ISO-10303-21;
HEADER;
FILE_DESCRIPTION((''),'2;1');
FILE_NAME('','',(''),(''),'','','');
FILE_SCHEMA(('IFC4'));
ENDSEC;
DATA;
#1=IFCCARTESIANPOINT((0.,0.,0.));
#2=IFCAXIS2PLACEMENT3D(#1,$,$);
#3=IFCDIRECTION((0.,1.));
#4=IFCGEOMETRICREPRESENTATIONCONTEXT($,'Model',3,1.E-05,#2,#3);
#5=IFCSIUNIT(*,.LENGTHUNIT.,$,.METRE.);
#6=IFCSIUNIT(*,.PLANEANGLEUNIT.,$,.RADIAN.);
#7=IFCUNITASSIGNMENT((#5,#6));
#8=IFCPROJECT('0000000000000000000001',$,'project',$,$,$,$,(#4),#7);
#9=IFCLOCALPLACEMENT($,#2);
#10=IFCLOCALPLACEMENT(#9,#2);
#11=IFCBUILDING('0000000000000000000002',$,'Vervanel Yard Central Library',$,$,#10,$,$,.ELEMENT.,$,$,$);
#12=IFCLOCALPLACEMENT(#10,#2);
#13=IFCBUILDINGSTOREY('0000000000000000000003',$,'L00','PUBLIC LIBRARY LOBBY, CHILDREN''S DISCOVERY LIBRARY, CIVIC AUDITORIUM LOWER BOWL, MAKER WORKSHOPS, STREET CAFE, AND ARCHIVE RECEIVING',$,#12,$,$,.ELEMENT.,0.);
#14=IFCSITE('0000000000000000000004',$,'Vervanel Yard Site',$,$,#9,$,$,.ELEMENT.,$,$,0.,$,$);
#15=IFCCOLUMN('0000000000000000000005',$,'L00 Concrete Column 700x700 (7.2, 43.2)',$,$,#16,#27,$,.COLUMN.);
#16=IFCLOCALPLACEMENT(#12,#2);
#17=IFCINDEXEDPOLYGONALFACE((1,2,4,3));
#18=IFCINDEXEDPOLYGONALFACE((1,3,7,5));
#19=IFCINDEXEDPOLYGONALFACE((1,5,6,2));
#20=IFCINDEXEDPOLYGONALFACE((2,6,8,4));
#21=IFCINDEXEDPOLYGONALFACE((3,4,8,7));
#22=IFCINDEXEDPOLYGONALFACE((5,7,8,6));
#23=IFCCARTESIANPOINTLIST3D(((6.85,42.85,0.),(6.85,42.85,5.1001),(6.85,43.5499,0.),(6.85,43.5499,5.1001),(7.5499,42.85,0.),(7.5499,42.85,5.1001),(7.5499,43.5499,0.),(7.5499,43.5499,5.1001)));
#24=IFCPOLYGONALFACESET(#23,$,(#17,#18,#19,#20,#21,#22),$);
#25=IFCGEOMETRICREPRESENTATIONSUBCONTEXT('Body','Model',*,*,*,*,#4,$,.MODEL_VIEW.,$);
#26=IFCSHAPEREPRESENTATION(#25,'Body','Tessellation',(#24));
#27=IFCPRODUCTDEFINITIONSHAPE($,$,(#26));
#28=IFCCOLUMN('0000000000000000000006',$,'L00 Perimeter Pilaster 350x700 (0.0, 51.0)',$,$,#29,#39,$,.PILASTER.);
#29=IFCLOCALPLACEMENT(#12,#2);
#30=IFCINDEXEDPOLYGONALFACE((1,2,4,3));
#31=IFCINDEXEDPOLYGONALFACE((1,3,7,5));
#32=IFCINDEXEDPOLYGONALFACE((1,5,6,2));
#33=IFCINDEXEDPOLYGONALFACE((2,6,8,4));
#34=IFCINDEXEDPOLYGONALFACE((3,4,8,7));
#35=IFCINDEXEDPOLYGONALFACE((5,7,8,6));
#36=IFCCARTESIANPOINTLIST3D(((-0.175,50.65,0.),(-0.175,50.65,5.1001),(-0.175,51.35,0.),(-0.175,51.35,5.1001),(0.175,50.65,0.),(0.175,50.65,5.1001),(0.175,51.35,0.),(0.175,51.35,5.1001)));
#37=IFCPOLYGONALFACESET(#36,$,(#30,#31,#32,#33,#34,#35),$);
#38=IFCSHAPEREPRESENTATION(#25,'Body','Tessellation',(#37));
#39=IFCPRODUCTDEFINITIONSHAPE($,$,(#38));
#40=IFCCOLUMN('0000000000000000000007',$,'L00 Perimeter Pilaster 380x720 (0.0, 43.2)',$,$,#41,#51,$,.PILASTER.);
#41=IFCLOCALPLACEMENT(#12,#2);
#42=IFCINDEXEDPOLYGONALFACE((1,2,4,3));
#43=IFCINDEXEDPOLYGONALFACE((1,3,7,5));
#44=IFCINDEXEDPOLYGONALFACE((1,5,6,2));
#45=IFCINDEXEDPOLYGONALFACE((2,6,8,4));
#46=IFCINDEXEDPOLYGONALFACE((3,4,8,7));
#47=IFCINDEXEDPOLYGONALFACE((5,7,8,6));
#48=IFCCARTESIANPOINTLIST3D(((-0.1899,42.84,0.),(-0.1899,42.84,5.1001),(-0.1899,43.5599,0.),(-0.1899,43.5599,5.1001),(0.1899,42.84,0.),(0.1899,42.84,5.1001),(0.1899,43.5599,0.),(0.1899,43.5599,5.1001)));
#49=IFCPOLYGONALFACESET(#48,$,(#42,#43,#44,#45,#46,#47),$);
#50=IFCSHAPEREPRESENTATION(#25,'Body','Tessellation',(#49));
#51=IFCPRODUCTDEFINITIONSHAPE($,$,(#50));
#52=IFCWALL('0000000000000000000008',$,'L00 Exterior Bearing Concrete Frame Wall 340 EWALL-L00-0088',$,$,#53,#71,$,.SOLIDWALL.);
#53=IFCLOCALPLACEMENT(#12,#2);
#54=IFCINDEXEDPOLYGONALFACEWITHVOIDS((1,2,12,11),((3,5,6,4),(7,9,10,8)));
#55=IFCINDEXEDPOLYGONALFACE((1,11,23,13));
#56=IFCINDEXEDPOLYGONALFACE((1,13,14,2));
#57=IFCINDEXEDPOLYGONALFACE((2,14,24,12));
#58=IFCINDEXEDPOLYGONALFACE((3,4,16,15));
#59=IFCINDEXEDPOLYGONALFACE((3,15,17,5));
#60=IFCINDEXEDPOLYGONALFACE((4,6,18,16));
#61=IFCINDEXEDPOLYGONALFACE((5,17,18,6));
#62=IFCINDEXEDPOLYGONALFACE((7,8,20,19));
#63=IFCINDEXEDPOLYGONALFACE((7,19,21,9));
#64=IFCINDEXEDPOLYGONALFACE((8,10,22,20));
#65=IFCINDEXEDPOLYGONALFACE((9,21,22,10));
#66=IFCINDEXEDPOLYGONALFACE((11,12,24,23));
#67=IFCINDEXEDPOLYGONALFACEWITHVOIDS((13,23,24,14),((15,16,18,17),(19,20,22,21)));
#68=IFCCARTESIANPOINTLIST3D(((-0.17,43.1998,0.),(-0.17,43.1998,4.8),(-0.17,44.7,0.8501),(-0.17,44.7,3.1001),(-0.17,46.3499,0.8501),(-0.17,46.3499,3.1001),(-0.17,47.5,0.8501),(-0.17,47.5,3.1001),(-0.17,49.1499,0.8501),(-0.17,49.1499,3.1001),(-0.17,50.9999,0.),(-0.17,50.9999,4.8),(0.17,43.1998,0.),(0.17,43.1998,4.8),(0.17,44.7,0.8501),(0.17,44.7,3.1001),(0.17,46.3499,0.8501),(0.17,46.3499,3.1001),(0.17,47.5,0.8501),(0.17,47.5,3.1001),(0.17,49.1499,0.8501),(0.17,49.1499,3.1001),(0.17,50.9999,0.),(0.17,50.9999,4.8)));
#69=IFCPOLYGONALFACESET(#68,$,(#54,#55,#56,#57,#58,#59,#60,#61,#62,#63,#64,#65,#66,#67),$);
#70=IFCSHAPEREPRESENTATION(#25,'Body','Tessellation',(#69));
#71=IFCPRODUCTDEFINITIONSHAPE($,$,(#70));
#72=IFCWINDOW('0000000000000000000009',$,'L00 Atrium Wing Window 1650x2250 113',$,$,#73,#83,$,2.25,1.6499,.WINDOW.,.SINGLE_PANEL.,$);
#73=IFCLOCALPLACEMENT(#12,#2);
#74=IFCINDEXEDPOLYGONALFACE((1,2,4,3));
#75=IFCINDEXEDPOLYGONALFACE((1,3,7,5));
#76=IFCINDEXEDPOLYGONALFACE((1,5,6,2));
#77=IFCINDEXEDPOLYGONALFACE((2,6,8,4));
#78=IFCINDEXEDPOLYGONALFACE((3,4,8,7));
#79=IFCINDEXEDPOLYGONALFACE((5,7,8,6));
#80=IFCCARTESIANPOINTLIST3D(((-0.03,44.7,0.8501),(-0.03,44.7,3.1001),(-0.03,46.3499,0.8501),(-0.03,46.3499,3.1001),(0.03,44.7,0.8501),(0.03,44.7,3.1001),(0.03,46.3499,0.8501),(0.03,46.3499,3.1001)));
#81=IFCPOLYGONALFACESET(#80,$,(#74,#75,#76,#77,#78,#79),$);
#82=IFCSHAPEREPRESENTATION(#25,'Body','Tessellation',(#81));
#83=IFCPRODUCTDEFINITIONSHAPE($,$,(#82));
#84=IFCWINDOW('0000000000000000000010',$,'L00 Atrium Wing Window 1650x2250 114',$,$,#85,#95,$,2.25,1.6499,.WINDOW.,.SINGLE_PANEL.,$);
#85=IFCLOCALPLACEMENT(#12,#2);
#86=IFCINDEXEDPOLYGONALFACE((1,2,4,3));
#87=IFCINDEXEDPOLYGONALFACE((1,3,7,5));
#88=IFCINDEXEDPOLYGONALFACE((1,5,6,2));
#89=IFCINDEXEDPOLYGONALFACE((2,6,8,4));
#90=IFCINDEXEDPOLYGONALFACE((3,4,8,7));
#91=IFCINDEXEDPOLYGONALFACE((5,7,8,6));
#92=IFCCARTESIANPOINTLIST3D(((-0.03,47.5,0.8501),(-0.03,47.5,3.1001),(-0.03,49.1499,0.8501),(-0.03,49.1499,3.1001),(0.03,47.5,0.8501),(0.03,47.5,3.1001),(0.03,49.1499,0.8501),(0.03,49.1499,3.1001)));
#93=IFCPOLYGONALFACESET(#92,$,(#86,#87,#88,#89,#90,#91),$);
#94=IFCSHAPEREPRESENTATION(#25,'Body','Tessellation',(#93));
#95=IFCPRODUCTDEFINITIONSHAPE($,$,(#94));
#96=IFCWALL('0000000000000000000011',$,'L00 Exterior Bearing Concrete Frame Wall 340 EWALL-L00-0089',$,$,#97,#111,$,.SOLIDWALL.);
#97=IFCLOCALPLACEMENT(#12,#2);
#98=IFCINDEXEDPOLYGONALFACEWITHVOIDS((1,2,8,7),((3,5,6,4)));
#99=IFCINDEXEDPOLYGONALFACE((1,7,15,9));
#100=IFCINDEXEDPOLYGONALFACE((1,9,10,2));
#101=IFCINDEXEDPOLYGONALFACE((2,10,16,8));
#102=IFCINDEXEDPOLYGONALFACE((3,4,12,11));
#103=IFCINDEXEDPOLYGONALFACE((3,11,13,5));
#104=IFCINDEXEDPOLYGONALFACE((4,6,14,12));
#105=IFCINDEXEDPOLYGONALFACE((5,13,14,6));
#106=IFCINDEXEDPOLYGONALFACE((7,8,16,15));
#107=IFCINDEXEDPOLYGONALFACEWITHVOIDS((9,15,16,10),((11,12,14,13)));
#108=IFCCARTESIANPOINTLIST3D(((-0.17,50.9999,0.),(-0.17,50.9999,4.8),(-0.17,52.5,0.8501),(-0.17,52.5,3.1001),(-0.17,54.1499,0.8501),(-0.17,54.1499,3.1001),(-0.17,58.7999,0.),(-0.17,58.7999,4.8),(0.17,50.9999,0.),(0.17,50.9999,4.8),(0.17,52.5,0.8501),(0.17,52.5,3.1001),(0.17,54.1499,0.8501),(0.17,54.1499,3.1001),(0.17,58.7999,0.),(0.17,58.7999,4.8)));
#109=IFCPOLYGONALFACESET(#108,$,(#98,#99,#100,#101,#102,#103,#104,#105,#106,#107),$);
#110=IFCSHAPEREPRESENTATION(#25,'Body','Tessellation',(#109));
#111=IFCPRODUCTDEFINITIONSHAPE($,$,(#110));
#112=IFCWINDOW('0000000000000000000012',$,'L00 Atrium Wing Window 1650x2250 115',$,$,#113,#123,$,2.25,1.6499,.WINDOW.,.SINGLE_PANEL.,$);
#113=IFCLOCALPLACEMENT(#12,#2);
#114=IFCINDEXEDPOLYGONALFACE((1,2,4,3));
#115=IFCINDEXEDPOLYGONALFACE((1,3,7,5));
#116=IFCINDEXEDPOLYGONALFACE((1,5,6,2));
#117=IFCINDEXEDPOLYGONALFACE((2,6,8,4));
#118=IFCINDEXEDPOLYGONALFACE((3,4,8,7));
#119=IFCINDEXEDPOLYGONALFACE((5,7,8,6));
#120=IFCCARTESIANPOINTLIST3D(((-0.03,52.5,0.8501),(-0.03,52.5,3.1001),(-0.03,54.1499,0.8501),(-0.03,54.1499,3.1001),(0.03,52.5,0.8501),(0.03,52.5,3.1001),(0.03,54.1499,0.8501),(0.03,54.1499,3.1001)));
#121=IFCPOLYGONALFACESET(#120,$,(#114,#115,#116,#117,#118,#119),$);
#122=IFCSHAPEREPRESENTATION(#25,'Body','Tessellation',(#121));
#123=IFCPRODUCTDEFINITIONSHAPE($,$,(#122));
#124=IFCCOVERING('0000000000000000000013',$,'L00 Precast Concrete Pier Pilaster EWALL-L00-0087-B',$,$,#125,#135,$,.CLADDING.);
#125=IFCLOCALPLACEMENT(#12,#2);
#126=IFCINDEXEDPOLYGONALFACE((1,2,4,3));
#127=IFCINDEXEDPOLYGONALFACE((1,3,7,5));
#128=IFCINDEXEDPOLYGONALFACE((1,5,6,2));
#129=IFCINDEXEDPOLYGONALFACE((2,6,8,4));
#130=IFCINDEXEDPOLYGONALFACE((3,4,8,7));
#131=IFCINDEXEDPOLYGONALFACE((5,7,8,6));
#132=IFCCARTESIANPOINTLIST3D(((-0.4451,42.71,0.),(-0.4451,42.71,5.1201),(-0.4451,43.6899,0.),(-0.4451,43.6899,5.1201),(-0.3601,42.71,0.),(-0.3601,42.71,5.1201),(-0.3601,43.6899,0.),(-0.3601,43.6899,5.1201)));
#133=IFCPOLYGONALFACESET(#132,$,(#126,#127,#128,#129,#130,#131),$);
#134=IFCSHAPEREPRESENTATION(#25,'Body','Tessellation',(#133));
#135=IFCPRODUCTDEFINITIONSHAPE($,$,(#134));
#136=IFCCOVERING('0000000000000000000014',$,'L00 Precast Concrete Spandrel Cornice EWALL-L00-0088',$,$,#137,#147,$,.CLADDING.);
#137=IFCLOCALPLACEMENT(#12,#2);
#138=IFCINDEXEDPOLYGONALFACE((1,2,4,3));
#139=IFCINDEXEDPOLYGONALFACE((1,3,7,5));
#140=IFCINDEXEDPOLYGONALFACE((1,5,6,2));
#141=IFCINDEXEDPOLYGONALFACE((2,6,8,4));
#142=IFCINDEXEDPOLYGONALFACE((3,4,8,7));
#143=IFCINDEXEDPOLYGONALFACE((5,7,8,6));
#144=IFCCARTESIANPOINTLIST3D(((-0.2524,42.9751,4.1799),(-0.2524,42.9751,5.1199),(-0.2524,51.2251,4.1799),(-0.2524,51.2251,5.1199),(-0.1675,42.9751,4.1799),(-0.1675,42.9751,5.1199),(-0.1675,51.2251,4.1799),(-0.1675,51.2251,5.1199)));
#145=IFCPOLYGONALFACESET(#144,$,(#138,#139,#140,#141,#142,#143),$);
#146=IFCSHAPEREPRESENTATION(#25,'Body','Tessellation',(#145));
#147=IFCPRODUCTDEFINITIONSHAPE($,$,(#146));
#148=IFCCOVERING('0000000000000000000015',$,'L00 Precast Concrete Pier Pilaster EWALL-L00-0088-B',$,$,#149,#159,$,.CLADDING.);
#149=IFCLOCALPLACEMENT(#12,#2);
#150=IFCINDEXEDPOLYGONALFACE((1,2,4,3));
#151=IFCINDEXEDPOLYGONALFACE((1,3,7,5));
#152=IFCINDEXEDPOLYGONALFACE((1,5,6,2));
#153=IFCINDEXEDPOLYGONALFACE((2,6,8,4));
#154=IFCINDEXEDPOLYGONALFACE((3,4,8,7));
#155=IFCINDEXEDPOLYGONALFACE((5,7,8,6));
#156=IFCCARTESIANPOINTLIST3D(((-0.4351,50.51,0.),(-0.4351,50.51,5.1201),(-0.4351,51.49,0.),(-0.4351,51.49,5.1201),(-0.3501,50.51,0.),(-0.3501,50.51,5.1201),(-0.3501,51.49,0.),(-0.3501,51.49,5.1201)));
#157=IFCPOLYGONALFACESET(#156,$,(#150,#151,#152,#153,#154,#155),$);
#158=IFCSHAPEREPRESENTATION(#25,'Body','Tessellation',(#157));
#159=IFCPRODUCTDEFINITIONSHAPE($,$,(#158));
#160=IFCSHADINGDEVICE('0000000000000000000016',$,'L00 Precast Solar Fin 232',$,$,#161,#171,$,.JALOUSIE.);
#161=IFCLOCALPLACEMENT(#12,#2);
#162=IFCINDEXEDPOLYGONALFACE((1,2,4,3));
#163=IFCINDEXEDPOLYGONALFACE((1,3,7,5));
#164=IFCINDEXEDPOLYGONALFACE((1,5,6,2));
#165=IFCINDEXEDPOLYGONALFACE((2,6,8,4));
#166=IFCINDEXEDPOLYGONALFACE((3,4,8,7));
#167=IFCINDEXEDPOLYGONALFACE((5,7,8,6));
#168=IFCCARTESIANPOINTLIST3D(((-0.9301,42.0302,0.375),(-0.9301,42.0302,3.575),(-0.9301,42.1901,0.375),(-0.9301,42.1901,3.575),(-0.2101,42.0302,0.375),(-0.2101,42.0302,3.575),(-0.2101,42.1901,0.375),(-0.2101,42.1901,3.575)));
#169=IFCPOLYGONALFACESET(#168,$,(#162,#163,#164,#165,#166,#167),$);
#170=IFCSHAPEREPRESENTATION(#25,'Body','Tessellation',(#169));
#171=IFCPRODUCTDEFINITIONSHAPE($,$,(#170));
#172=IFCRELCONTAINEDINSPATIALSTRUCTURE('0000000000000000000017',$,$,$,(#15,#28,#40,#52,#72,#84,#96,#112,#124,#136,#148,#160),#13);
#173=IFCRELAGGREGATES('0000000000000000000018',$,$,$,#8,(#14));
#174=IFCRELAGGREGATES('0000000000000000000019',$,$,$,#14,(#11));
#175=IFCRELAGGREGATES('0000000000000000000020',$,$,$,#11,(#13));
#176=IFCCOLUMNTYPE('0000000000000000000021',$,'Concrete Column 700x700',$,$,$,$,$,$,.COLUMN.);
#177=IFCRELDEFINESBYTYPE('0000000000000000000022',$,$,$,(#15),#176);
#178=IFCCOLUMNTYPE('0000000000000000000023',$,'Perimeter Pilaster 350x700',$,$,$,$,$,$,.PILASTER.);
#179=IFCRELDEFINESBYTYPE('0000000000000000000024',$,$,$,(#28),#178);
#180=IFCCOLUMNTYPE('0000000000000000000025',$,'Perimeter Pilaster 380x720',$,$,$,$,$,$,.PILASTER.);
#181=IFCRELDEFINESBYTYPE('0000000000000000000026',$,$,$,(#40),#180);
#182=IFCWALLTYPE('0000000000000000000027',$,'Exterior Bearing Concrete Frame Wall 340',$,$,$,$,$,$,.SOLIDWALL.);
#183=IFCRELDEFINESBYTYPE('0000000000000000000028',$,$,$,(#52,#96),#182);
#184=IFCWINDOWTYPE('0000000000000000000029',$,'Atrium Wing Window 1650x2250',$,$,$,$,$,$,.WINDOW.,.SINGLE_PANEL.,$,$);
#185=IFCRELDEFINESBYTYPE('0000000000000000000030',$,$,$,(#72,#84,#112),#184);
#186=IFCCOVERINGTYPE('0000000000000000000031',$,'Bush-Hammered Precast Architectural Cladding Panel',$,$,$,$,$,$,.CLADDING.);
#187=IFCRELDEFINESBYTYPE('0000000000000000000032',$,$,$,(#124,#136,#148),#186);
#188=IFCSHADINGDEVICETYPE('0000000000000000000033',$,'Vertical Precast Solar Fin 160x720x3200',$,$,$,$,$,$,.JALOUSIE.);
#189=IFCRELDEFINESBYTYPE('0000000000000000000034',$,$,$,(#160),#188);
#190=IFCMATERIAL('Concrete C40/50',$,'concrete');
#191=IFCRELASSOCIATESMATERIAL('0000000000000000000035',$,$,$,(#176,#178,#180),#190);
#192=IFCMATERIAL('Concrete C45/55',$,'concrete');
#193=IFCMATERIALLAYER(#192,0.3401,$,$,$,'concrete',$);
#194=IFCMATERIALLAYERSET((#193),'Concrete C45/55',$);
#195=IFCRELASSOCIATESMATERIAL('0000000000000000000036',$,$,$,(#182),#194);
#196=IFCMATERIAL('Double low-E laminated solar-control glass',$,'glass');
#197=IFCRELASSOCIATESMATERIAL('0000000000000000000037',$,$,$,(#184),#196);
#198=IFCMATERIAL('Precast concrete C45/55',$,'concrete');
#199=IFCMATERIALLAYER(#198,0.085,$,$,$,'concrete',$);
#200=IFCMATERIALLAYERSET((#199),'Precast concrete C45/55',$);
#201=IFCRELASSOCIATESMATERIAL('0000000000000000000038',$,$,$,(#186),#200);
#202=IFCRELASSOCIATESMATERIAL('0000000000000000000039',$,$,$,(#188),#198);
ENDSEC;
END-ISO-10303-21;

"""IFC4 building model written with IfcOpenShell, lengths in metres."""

from ifc_helpers import new_model, si_unit, direction, frame, frame_2d, origin, origin_2d, place, context, subcontext, project, spatial, rectangle, extrude, material, layer, layer_set, material_profile, profile_set, type_object, element, fill, save


model = new_model("IFC4")

# Units and contexts
model_context = context("Model", 3, precision=1e-05, world=origin(), true_north=direction((0.0, 1.0)))
body_context = subcontext(model_context, "Body", "Model", "MODEL_VIEW")
ifc_project = project(units=[si_unit("LENGTHUNIT", "METRE"), si_unit("PLANEANGLEUNIT", "RADIAN")], contexts=[model_context])

# Site, building, storey
site_placement = place(None, origin())
site = spatial("IfcSite", under=ifc_project, at=site_placement, Name="Vervanel Yard Site", CompositionType="ELEMENT", RefElevation=0.0)
building_placement = place(site_placement, origin())
building = spatial("IfcBuilding", under=site, at=building_placement, Name="Vervanel Yard Central Library", CompositionType="ELEMENT")
storey_placement = place(building_placement, origin())
storey = spatial("IfcBuildingStorey", under=building, at=storey_placement, Name="L00", Description="PUBLIC LIBRARY LOBBY, CHILDREN'S DISCOVERY LIBRARY, CIVIC AUDITORIUM LOWER BOWL, MAKER WORKSHOPS, STREET CAFE, AND ARCHIVE RECEIVING", CompositionType="ELEMENT", Elevation=0.0)

# Shared definitions
ifc_material_1 = material(Name="Concrete C40/50", Category="concrete")

# Columns
ifc_material_profile_1 = material_profile(ifc_material_1, rectangle(XDim=0.7, YDim=0.7, at=origin_2d()), Name="RC 700x700", Category="concrete")
ifc_profile_set_1 = profile_set([ifc_material_profile_1], Name="Concrete C40/50")
column_type_1 = type_object("IfcColumnType", Name="Concrete Column 700x700", PredefinedType="COLUMN", material=ifc_profile_set_1)
column_1_placement = place(storey_placement, frame((7.2, 43.2, 0.0), z_axis=(0.0, 0.0, 1.0), x_axis=(1.0, 0.0, 0.0)))
element("IfcColumn", 1, at=column_1_placement, inside=storey, type_object=column_type_1, Name="L00 Concrete Column 700x700 (7.2, 43.2)", PredefinedType="COLUMN", context=body_context, shape_type="SweptSolid", body=[
    extrude(rectangle(XDim=0.7, YDim=0.7, at=origin_2d()), origin(), (0.0, 0.0, 1.0), 5.1001),
])
ifc_material_profile_2 = material_profile(ifc_material_1, rectangle(XDim=0.3501, YDim=0.7, at=origin_2d()), Name="RC 350x700", Category="concrete")
ifc_profile_set_2 = profile_set([ifc_material_profile_2], Name="Concrete C40/50")
column_type_2 = type_object("IfcColumnType", Name="Perimeter Pilaster 350x700", PredefinedType="PILASTER", material=ifc_profile_set_2)
column_2_placement = place(storey_placement, frame((0.0, 51.0, 0.0), z_axis=(0.0, 0.0, 1.0), x_axis=(1.0, 0.0, 0.0)))
element("IfcColumn", 2, at=column_2_placement, inside=storey, type_object=column_type_2, Name="L00 Perimeter Pilaster 350x700 (0.0, 51.0)", PredefinedType="PILASTER", context=body_context, shape_type="SweptSolid", body=[
    extrude(rectangle(XDim=0.3501, YDim=0.7, at=origin_2d()), origin(), (0.0, 0.0, 1.0), 5.1001),
])
ifc_material_profile_3 = material_profile(ifc_material_1, rectangle(XDim=0.3799, YDim=0.72, at=origin_2d()), Name="RC 380x720", Category="concrete")
ifc_profile_set_3 = profile_set([ifc_material_profile_3], Name="Concrete C40/50")
column_type_3 = type_object("IfcColumnType", Name="Perimeter Pilaster 380x720", PredefinedType="PILASTER", material=ifc_profile_set_3)
column_3_placement = place(storey_placement, frame((0.0, 43.2, 0.0), z_axis=(0.0, 0.0, 1.0), x_axis=(1.0, 0.0, 0.0)))
element("IfcColumn", 3, at=column_3_placement, inside=storey, type_object=column_type_3, Name="L00 Perimeter Pilaster 380x720 (0.0, 43.2)", PredefinedType="PILASTER", context=body_context, shape_type="SweptSolid", body=[
    extrude(rectangle(XDim=0.3799, YDim=0.72, at=origin_2d()), origin(), (0.0, 0.0, 1.0), 5.1001),
])

# Wall, openings, windows
ifc_material_2 = material(Name="Concrete C45/55", Category="concrete")
ifc_layer_1 = layer(ifc_material_2, 0.3401, Category="concrete")
ifc_layer_set_1 = layer_set([ifc_layer_1], Name="Concrete C45/55")
wall_type = type_object("IfcWallType", Name="Exterior Bearing Concrete Frame Wall 340", PredefinedType="SOLIDWALL", material=ifc_layer_set_1)
wall_1_placement = place(storey_placement, frame((0.0, 43.2, 0.0), z_axis=(0.0, 0.0, 1.0), x_axis=(0.0, 1.0, 0.0)))
wall_1 = element("IfcWall", 4, at=wall_1_placement, inside=storey, type_object=wall_type, Name="L00 Exterior Bearing Concrete Frame Wall 340 EWALL-L00-0088", PredefinedType="SOLIDWALL", context=body_context, shape_type="SweptSolid", body=[
    extrude(rectangle(XDim=7.8, YDim=0.3401, at=frame_2d((3.8999, 0.0))), origin(), (0.0, 0.0, 1.0), 4.8),
])
opening_1_placement = place(wall_1_placement, frame((1.5, 0.0, 0.8501)))
opening_1 = element("IfcOpeningElement", 5, at=opening_1_placement, cuts=wall_1, PredefinedType="OPENING", context=body_context, shape_type="SweptSolid", body=[
    extrude(rectangle(XDim=1.6499, YDim=2.25, at=frame_2d((0.825, 1.125))), frame((0.0, 0.1799, 0.0), z_axis=(0.0, -1.0, 0.0), x_axis=(1.0, 0.0, 0.0)), (0.0, 0.0, 1.0), 0.3601),
])
opening_2_placement = place(wall_1_placement, frame((4.3, 0.0, 0.8501)))
opening_2 = element("IfcOpeningElement", 6, at=opening_2_placement, cuts=wall_1, PredefinedType="OPENING", context=body_context, shape_type="SweptSolid", body=[
    extrude(rectangle(XDim=1.6499, YDim=2.25, at=frame_2d((0.825, 1.125))), frame((0.0, 0.1799, 0.0), z_axis=(0.0, -1.0, 0.0), x_axis=(1.0, 0.0, 0.0)), (0.0, 0.0, 1.0), 0.3601),
])
ifc_material_3 = material(Name="Double low-E laminated solar-control glass", Category="glass")
window_type = type_object("IfcWindowType", Name="Atrium Wing Window 1650x2250", PartitioningType="SINGLE_PANEL", PredefinedType="WINDOW", material=ifc_material_3)
window_1_placement = place(opening_1_placement, origin())
window_1 = element("IfcWindow", 7, at=window_1_placement, inside=storey, type_object=window_type, Name="L00 Atrium Wing Window 1650x2250 113", OverallHeight=2.25, OverallWidth=1.6499, PartitioningType="SINGLE_PANEL", PredefinedType="WINDOW", context=body_context, shape_type="SweptSolid", body=[
    extrude(rectangle(XDim=1.6499, YDim=2.25, at=frame_2d((0.825, 1.125))), frame((0.0, 0.03, 0.0), z_axis=(0.0, -1.0, 0.0), x_axis=(1.0, 0.0, 0.0)), (0.0, 0.0, 1.0), 0.0601),
])
fill(opening_1, window_1)
window_2_placement = place(opening_2_placement, origin())
window_2 = element("IfcWindow", 8, at=window_2_placement, inside=storey, type_object=window_type, Name="L00 Atrium Wing Window 1650x2250 114", OverallHeight=2.25, OverallWidth=1.6499, PartitioningType="SINGLE_PANEL", PredefinedType="WINDOW", context=body_context, shape_type="SweptSolid", body=[
    extrude(rectangle(XDim=1.6499, YDim=2.25, at=frame_2d((0.825, 1.125))), frame((0.0, 0.03, 0.0), z_axis=(0.0, -1.0, 0.0), x_axis=(1.0, 0.0, 0.0)), (0.0, 0.0, 1.0), 0.0601),
])
fill(opening_2, window_2)

# Wall, opening, window
wall_2_placement = place(storey_placement, frame((0.0, 51.0, 0.0), z_axis=(0.0, 0.0, 1.0), x_axis=(0.0, 1.0, 0.0)))
wall_2 = element("IfcWall", 9, at=wall_2_placement, inside=storey, type_object=wall_type, Name="L00 Exterior Bearing Concrete Frame Wall 340 EWALL-L00-0089", PredefinedType="SOLIDWALL", context=body_context, shape_type="SweptSolid", body=[
    extrude(rectangle(XDim=7.8, YDim=0.3401, at=frame_2d((3.8999, 0.0))), origin(), (0.0, 0.0, 1.0), 4.8),
])
opening_3_placement = place(wall_2_placement, frame((1.5, 0.0, 0.8501)))
opening_3 = element("IfcOpeningElement", 10, at=opening_3_placement, cuts=wall_2, PredefinedType="OPENING", context=body_context, shape_type="SweptSolid", body=[
    extrude(rectangle(XDim=1.6499, YDim=2.25, at=frame_2d((0.825, 1.125))), frame((0.0, 0.1799, 0.0), z_axis=(0.0, -1.0, 0.0), x_axis=(1.0, 0.0, 0.0)), (0.0, 0.0, 1.0), 0.3601),
])
window_3_placement = place(opening_3_placement, origin())
window_3 = element("IfcWindow", 11, at=window_3_placement, inside=storey, type_object=window_type, Name="L00 Atrium Wing Window 1650x2250 115", OverallHeight=2.25, OverallWidth=1.6499, PartitioningType="SINGLE_PANEL", PredefinedType="WINDOW", context=body_context, shape_type="SweptSolid", body=[
    extrude(rectangle(XDim=1.6499, YDim=2.25, at=frame_2d((0.825, 1.125))), frame((0.0, 0.03, 0.0), z_axis=(0.0, -1.0, 0.0), x_axis=(1.0, 0.0, 0.0)), (0.0, 0.0, 1.0), 0.0601),
])
fill(opening_3, window_3)

# Coverings
ifc_material_4 = material(Name="Precast concrete C45/55", Category="concrete")
ifc_layer_2 = layer(ifc_material_4, 0.085, Category="concrete")
ifc_layer_set_2 = layer_set([ifc_layer_2], Name="Precast concrete C45/55")
covering_type = type_object("IfcCoveringType", Name="Bush-Hammered Precast Architectural Cladding Panel", PredefinedType="CLADDING", material=ifc_layer_set_2)
covering_1_placement = place(storey_placement, frame((-0.4026, 43.2, 0.0), z_axis=(0.0, 0.0, 1.0), x_axis=(0.0, 1.0, 0.0)))
element("IfcCovering", 12, at=covering_1_placement, inside=storey, type_object=covering_type, Name="L00 Precast Concrete Pier Pilaster EWALL-L00-0087-B", PredefinedType="CLADDING", context=body_context, shape_type="SweptSolid", body=[
    extrude(rectangle(XDim=0.98, YDim=0.085, at=origin_2d()), origin(), (0.0, 0.0, 1.0), 5.1201),
])
covering_2_placement = place(storey_placement, frame((-0.21, 47.1001, 4.1799), z_axis=(0.0, 0.0, 1.0), x_axis=(0.0, 1.0, 0.0)))
element("IfcCovering", 13, at=covering_2_placement, inside=storey, type_object=covering_type, Name="L00 Precast Concrete Spandrel Cornice EWALL-L00-0088", PredefinedType="CLADDING", context=body_context, shape_type="SweptSolid", body=[
    extrude(rectangle(XDim=8.25, YDim=0.085, at=origin_2d()), origin(), (0.0, 0.0, 1.0), 0.9399),
])
covering_3_placement = place(storey_placement, frame((-0.3926, 51.0, 0.0), z_axis=(0.0, 0.0, 1.0), x_axis=(0.0, 1.0, 0.0)))
element("IfcCovering", 14, at=covering_3_placement, inside=storey, type_object=covering_type, Name="L00 Precast Concrete Pier Pilaster EWALL-L00-0088-B", PredefinedType="CLADDING", context=body_context, shape_type="SweptSolid", body=[
    extrude(rectangle(XDim=0.98, YDim=0.085, at=origin_2d()), origin(), (0.0, 0.0, 1.0), 5.1201),
])

# Shading device
shading_device_type = type_object("IfcShadingDeviceType", Name="Vertical Precast Solar Fin 160x720x3200", PredefinedType="JALOUSIE", material=ifc_material_4)
for number, where, z_axis, x_axis, name in (
    (15, (-0.5701, 42.1101, 0.375), (0.0, 0.0, 1.0), (0.0, 1.0, 0.0), "L00 Precast Solar Fin 232"),
):
    element("IfcShadingDevice", number, at=place(storey_placement, frame(where, z_axis=z_axis, x_axis=x_axis)), inside=storey, type_object=shading_device_type, Name=name, PredefinedType="JALOUSIE", context=body_context, shape_type="SweptSolid", body=[
        extrude(rectangle(XDim=0.1599, YDim=0.72, at=origin_2d()), origin(), (0.0, 0.0, 1.0), 3.2),
    ])

save(model, "model.ifc")
